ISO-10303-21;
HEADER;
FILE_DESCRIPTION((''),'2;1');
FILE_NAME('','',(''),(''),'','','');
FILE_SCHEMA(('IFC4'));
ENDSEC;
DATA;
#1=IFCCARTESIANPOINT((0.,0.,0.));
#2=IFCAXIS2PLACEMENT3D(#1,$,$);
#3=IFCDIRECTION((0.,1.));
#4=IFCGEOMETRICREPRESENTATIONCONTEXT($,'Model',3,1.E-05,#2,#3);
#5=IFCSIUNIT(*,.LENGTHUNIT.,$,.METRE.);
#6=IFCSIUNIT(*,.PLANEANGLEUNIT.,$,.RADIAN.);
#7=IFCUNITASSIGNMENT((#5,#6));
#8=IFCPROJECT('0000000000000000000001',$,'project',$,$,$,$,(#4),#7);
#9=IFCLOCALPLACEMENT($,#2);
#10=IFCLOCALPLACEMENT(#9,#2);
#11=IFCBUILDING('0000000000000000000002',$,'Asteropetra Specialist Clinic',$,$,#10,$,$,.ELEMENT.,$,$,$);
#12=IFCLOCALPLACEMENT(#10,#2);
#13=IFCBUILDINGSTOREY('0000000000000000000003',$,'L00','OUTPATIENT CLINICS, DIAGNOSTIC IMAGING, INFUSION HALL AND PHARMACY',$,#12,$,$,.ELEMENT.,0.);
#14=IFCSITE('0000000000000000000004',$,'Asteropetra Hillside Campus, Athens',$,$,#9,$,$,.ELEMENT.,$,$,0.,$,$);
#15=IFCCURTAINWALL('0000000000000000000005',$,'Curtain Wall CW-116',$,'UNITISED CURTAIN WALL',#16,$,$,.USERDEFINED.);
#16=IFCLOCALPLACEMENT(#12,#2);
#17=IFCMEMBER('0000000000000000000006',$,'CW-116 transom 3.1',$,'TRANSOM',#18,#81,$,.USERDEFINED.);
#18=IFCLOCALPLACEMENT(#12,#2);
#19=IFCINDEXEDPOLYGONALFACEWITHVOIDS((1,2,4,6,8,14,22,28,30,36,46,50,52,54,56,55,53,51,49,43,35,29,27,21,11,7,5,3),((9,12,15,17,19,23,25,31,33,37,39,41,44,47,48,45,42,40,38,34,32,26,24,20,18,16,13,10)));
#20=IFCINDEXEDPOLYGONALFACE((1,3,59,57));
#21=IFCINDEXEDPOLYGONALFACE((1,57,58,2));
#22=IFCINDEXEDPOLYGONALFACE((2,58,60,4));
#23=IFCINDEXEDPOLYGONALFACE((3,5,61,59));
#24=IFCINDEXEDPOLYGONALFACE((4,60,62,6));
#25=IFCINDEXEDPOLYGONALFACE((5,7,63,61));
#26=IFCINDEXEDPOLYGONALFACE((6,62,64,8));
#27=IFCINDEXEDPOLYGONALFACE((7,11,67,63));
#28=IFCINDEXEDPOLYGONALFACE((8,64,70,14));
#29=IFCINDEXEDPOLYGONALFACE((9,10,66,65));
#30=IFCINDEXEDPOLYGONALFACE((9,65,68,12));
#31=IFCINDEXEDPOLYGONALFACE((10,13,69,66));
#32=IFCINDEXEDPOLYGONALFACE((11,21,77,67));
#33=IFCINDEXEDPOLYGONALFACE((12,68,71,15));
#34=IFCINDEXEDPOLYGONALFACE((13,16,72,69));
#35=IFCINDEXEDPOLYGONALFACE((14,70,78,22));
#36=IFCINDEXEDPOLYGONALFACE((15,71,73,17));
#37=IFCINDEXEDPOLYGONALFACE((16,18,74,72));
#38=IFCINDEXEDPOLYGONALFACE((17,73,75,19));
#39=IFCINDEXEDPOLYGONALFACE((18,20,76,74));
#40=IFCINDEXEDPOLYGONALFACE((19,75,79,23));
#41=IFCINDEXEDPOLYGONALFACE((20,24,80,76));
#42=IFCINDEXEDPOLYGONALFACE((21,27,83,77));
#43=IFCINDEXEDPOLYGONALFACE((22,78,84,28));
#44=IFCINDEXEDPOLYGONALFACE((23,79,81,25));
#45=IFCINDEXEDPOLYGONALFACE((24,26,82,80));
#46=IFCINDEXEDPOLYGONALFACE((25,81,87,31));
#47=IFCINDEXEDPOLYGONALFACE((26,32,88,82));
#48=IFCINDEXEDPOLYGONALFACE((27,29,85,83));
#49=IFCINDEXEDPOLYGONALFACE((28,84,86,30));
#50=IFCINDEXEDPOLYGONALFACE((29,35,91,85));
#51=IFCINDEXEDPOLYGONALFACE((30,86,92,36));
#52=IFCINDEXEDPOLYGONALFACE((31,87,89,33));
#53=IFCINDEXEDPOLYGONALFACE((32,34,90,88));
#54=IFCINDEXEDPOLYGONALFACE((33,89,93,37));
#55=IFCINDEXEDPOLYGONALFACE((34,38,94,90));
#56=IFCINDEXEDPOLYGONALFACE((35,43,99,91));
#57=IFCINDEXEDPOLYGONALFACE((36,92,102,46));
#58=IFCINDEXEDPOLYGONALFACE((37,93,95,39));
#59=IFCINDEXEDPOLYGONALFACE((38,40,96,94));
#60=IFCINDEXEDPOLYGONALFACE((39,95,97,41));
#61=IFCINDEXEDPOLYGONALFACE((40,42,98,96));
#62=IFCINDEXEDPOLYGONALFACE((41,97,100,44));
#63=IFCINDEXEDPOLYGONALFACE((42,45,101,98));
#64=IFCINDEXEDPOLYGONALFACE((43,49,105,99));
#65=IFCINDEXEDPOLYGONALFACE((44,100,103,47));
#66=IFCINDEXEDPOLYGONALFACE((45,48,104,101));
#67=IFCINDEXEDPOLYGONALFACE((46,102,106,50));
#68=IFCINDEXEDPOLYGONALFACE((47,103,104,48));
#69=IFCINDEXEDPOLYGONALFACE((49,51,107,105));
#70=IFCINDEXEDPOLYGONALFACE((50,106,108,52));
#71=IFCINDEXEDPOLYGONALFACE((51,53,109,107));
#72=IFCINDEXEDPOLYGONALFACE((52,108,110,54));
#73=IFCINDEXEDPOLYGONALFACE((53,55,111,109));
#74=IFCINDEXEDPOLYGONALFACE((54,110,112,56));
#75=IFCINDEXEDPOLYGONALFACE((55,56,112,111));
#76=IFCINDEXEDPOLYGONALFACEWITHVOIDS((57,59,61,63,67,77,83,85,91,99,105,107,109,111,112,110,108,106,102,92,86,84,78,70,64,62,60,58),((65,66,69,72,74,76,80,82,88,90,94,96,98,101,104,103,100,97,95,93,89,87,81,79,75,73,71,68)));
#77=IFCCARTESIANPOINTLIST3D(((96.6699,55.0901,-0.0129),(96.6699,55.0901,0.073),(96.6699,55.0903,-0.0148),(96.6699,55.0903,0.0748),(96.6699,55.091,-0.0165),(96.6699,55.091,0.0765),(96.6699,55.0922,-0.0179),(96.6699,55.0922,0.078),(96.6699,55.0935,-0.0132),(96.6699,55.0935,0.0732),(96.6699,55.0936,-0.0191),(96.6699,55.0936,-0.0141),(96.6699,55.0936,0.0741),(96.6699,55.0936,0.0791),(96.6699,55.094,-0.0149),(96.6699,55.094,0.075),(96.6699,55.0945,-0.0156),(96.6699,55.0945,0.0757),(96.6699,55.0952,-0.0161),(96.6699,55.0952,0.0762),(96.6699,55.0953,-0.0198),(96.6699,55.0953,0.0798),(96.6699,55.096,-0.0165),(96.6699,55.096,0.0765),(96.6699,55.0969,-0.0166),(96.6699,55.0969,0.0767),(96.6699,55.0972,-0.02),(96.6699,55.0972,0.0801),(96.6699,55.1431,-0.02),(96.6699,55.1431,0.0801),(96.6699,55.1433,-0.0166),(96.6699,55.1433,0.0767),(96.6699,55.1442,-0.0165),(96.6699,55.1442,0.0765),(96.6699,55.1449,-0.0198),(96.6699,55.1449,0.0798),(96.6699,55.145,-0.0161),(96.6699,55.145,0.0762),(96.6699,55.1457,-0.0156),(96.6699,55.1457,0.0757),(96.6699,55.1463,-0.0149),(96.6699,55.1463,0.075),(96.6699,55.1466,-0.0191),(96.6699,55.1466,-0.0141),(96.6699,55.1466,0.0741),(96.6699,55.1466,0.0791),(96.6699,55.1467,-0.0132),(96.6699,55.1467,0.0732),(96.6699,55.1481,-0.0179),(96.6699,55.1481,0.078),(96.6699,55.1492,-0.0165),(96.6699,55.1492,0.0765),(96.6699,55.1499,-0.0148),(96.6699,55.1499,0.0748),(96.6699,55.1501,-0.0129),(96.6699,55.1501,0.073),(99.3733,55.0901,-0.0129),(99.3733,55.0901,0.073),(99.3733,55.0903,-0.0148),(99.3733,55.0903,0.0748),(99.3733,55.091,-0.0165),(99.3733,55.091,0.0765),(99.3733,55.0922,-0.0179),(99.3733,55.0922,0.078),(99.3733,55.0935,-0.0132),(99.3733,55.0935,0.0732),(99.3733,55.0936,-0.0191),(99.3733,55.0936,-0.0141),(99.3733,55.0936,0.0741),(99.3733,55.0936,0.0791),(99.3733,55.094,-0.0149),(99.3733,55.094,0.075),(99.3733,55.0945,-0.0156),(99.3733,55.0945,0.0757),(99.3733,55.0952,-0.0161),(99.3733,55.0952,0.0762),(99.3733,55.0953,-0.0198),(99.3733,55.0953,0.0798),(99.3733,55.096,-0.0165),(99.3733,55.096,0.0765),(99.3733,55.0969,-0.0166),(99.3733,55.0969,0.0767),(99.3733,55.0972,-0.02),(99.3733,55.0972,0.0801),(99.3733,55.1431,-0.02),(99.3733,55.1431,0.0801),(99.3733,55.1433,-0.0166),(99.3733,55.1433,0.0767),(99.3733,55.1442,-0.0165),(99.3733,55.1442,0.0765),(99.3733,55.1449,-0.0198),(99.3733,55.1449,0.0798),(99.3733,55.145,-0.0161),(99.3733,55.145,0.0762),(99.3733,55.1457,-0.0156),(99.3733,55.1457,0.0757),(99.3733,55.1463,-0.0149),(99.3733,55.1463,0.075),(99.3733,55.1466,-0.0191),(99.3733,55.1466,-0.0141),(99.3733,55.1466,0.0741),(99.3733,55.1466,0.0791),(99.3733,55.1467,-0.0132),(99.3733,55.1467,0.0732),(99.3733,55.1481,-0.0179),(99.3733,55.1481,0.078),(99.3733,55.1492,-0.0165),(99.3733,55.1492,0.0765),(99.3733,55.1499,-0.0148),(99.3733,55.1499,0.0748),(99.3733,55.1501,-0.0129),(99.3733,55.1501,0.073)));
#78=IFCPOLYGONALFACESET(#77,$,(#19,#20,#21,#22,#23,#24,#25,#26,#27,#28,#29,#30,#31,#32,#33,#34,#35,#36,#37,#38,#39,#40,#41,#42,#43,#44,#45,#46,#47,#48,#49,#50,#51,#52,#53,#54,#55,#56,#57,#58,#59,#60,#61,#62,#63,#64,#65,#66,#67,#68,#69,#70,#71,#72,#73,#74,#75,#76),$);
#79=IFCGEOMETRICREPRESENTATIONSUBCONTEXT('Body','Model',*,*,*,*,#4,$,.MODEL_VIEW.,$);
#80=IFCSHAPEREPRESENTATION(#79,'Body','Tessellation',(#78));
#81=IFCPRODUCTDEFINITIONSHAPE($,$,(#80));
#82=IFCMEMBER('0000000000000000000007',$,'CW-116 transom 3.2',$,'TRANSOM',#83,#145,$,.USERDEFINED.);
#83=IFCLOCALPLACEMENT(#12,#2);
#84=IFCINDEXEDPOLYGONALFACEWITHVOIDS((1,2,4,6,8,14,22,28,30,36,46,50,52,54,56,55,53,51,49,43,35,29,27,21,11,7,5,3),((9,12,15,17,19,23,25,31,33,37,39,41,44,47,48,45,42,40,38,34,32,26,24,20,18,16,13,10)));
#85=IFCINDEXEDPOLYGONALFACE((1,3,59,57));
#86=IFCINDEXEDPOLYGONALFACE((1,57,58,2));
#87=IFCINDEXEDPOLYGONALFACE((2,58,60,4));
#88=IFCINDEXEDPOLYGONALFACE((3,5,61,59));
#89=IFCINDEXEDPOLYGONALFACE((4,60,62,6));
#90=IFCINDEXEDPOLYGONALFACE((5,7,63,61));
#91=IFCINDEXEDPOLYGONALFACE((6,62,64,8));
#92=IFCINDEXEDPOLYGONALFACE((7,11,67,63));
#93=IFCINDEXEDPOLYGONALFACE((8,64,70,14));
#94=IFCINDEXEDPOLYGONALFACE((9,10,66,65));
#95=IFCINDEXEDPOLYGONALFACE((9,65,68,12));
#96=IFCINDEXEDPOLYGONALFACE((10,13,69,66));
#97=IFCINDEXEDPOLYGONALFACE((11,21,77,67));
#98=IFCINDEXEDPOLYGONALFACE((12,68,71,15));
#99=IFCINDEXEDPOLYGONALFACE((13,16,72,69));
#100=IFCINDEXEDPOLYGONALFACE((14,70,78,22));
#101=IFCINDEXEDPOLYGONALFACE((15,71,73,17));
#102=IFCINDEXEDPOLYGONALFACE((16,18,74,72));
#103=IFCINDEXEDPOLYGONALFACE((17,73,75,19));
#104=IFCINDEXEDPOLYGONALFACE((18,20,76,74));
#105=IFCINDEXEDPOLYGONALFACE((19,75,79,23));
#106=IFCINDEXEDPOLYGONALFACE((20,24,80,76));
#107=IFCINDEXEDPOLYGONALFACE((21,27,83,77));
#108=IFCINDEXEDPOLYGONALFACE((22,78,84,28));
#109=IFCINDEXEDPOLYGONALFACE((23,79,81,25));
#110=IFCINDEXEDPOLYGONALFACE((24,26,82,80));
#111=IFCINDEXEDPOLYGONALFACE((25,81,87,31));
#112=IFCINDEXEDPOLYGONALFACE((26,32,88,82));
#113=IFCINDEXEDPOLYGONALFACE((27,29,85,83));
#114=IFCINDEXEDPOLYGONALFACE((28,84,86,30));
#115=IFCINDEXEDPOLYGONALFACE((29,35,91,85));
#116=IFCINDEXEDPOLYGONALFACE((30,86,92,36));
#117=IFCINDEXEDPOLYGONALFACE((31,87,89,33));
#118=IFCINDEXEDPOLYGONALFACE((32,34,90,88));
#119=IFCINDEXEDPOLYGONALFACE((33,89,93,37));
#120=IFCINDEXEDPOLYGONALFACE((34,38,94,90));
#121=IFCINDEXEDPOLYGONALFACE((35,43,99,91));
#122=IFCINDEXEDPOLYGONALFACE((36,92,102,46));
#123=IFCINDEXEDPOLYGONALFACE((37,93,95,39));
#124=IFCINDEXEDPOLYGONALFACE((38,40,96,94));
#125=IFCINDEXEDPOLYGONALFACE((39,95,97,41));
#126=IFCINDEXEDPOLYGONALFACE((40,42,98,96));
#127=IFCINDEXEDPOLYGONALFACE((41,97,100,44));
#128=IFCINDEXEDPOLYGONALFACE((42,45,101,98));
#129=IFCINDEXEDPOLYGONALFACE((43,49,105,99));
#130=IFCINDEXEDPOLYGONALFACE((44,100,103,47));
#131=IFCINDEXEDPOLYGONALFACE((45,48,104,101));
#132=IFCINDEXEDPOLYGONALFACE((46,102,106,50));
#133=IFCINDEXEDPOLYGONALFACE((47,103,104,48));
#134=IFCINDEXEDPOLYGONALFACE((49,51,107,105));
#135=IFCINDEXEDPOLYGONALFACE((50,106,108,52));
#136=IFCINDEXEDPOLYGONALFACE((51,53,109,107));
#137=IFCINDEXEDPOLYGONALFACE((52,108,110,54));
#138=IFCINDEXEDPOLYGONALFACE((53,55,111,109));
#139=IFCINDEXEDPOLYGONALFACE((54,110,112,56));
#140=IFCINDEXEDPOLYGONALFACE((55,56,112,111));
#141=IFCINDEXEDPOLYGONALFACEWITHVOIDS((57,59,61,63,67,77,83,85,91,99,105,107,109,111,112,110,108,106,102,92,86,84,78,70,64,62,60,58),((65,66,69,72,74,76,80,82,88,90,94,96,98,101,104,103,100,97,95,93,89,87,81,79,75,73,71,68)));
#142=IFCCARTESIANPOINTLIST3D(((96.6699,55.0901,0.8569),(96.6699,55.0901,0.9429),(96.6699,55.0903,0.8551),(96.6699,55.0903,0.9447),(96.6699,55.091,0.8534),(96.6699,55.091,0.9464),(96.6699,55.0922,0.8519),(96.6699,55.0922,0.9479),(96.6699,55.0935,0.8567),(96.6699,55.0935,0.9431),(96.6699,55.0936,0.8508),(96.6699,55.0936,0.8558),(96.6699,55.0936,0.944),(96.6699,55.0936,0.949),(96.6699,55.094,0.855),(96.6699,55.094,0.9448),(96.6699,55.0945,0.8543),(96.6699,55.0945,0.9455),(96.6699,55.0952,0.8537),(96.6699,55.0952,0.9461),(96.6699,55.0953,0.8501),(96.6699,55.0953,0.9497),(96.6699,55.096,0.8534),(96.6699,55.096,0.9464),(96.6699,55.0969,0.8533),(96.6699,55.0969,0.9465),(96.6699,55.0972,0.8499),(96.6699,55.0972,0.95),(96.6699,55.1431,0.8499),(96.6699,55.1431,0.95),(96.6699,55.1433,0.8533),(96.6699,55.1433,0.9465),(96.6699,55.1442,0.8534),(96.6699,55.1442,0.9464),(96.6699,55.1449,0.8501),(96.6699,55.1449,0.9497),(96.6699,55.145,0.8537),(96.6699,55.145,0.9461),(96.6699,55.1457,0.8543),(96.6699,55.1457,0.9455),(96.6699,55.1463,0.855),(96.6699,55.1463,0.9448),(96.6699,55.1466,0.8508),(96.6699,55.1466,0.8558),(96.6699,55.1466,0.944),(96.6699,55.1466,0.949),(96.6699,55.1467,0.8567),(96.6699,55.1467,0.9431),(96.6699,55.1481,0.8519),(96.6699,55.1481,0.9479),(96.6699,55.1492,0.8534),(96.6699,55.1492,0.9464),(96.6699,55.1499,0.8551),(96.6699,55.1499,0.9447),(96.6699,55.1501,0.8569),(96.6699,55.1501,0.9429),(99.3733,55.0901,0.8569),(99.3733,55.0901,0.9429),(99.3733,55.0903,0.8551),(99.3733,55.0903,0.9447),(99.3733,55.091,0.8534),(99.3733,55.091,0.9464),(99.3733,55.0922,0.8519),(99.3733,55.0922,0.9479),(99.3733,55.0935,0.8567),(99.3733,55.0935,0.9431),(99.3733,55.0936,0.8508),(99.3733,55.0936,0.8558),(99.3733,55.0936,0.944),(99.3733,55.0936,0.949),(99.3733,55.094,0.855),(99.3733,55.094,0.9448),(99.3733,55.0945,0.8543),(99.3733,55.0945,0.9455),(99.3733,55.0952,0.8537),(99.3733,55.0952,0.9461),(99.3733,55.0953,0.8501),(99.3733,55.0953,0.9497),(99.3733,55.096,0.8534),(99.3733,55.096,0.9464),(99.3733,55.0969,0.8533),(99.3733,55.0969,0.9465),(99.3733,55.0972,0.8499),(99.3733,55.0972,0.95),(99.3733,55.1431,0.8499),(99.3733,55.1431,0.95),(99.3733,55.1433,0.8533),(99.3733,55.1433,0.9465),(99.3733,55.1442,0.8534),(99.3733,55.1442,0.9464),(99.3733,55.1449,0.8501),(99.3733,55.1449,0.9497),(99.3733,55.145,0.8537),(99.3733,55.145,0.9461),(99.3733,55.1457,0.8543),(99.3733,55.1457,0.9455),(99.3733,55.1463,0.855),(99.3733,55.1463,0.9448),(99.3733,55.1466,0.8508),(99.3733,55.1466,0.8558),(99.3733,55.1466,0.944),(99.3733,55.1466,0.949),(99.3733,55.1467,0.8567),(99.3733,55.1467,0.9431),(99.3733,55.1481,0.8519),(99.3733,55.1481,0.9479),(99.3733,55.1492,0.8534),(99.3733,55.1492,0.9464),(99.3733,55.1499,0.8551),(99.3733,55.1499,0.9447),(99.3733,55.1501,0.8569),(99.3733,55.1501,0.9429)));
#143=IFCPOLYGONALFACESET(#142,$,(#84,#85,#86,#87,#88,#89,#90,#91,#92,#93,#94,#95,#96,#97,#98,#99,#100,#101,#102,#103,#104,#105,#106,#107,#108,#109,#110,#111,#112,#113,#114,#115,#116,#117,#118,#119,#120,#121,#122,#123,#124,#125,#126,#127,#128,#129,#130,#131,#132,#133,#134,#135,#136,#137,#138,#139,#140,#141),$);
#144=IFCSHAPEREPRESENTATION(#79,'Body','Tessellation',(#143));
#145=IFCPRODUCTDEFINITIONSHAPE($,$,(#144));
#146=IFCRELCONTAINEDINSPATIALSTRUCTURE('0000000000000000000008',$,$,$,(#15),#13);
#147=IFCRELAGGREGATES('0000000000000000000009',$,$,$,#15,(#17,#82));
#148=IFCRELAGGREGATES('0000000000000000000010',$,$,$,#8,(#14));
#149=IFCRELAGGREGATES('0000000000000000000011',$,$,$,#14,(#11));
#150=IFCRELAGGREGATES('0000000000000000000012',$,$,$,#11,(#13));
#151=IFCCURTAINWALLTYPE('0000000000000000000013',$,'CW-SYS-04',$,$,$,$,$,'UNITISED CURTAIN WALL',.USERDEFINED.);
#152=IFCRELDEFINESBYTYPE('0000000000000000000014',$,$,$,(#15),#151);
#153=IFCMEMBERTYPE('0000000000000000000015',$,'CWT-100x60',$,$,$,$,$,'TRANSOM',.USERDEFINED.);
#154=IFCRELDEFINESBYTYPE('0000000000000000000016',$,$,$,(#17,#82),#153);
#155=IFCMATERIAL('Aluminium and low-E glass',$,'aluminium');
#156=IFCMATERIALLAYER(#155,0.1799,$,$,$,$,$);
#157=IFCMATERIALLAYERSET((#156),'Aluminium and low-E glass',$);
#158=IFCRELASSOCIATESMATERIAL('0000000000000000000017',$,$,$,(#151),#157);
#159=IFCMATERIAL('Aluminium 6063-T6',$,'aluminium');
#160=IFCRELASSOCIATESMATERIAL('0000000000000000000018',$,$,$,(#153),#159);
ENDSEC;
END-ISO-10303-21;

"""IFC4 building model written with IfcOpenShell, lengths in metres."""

from ifc_helpers import new_model, si_unit, direction, frame, origin, origin_2d, place, context, subcontext, project, spatial, hollow_rectangle, extrude, material, layer, layer_set, material_profile, profile_set, type_object, element, aggregate, save


model = new_model("IFC4")

# Units and contexts
model_context = context("Model", 3, precision=1e-05, world=origin(), true_north=direction((0.0, 1.0)))
body_context = subcontext(model_context, "Body", "Model", "MODEL_VIEW")
ifc_project = project(units=[si_unit("LENGTHUNIT", "METRE"), si_unit("PLANEANGLEUNIT", "RADIAN")], contexts=[model_context])

# Site, building, storey
site_placement = place(None, origin())
site = spatial("IfcSite", under=ifc_project, at=site_placement, Name="Asteropetra Hillside Campus, Athens", CompositionType="ELEMENT", RefElevation=0.0)
building_placement = place(site_placement, origin())
building = spatial("IfcBuilding", under=site, at=building_placement, Name="Asteropetra Specialist Clinic", CompositionType="ELEMENT")
storey_placement = place(building_placement, origin())
storey = spatial("IfcBuildingStorey", under=building, at=storey_placement, Name="L00", Description="OUTPATIENT CLINICS, DIAGNOSTIC IMAGING, INFUSION HALL AND PHARMACY", CompositionType="ELEMENT", Elevation=0.0)

# Curtain wall
ifc_material_1 = material(Name="Aluminium and low-E glass", Category="aluminium")
ifc_layer_1 = layer(ifc_material_1, 0.1799)
ifc_layer_set_1 = layer_set([ifc_layer_1], Name="Aluminium and low-E glass")
curtain_wall_type_1 = type_object("IfcCurtainWallType", Name="CW-SYS-04", ElementType="UNITISED CURTAIN WALL", PredefinedType="USERDEFINED", material=ifc_layer_set_1)
curtain_wall_1_placement = place(storey_placement, origin())
curtain_wall_1 = element("IfcCurtainWall", 1, at=curtain_wall_1_placement, inside=storey, type_object=curtain_wall_type_1, Name="Curtain Wall CW-116", ObjectType="UNITISED CURTAIN WALL", PredefinedType="USERDEFINED")

# Members
ifc_material_2 = material(Name="Aluminium 6063-T6", Category="aluminium")
ifc_material_profile_1 = material_profile(ifc_material_2, hollow_rectangle(XDim=0.0601, YDim=0.1001, WallThickness=0.0034, InnerFilletRadius=0.0034, OuterFilletRadius=0.0071, at=origin_2d()), Name="TRN 100x60x3.5")
ifc_profile_set_1 = profile_set([ifc_material_profile_1], Name="Aluminium 6063-T6")
member_type_1 = type_object("IfcMemberType", Name="CWT-100x60", ElementType="TRANSOM", PredefinedType="USERDEFINED", material=ifc_profile_set_1)
member_1_placement = place(storey_placement, frame((99.3733, 55.1201, 0.03), z_axis=(-1.0, 0.0, 0.0), x_axis=(0.0, -1.0, 0.0)))
member_1 = element("IfcMember", 2, at=member_1_placement, type_object=member_type_1, Name="CW-116 transom 3.1", ObjectType="TRANSOM", PredefinedType="USERDEFINED", context=body_context, shape_type="SweptSolid", body=[
    extrude(hollow_rectangle(XDim=0.0601, YDim=0.1001, WallThickness=0.0034, InnerFilletRadius=0.0034, OuterFilletRadius=0.0071, at=origin_2d()), origin(), (0.0, 0.0, 1.0), 2.7034),
])
member_2_placement = place(storey_placement, frame((99.3733, 55.1201, 0.8999), z_axis=(-1.0, 0.0, 0.0), x_axis=(0.0, -1.0, 0.0)))
member_2 = element("IfcMember", 3, at=member_2_placement, type_object=member_type_1, Name="CW-116 transom 3.2", ObjectType="TRANSOM", PredefinedType="USERDEFINED", context=body_context, shape_type="SweptSolid", body=[
    extrude(hollow_rectangle(XDim=0.0601, YDim=0.1001, WallThickness=0.0034, InnerFilletRadius=0.0034, OuterFilletRadius=0.0071, at=origin_2d()), origin(), (0.0, 0.0, 1.0), 2.7034),
])

aggregate(curtain_wall_1, [member_1, member_2])

save(model, "model.ifc")
